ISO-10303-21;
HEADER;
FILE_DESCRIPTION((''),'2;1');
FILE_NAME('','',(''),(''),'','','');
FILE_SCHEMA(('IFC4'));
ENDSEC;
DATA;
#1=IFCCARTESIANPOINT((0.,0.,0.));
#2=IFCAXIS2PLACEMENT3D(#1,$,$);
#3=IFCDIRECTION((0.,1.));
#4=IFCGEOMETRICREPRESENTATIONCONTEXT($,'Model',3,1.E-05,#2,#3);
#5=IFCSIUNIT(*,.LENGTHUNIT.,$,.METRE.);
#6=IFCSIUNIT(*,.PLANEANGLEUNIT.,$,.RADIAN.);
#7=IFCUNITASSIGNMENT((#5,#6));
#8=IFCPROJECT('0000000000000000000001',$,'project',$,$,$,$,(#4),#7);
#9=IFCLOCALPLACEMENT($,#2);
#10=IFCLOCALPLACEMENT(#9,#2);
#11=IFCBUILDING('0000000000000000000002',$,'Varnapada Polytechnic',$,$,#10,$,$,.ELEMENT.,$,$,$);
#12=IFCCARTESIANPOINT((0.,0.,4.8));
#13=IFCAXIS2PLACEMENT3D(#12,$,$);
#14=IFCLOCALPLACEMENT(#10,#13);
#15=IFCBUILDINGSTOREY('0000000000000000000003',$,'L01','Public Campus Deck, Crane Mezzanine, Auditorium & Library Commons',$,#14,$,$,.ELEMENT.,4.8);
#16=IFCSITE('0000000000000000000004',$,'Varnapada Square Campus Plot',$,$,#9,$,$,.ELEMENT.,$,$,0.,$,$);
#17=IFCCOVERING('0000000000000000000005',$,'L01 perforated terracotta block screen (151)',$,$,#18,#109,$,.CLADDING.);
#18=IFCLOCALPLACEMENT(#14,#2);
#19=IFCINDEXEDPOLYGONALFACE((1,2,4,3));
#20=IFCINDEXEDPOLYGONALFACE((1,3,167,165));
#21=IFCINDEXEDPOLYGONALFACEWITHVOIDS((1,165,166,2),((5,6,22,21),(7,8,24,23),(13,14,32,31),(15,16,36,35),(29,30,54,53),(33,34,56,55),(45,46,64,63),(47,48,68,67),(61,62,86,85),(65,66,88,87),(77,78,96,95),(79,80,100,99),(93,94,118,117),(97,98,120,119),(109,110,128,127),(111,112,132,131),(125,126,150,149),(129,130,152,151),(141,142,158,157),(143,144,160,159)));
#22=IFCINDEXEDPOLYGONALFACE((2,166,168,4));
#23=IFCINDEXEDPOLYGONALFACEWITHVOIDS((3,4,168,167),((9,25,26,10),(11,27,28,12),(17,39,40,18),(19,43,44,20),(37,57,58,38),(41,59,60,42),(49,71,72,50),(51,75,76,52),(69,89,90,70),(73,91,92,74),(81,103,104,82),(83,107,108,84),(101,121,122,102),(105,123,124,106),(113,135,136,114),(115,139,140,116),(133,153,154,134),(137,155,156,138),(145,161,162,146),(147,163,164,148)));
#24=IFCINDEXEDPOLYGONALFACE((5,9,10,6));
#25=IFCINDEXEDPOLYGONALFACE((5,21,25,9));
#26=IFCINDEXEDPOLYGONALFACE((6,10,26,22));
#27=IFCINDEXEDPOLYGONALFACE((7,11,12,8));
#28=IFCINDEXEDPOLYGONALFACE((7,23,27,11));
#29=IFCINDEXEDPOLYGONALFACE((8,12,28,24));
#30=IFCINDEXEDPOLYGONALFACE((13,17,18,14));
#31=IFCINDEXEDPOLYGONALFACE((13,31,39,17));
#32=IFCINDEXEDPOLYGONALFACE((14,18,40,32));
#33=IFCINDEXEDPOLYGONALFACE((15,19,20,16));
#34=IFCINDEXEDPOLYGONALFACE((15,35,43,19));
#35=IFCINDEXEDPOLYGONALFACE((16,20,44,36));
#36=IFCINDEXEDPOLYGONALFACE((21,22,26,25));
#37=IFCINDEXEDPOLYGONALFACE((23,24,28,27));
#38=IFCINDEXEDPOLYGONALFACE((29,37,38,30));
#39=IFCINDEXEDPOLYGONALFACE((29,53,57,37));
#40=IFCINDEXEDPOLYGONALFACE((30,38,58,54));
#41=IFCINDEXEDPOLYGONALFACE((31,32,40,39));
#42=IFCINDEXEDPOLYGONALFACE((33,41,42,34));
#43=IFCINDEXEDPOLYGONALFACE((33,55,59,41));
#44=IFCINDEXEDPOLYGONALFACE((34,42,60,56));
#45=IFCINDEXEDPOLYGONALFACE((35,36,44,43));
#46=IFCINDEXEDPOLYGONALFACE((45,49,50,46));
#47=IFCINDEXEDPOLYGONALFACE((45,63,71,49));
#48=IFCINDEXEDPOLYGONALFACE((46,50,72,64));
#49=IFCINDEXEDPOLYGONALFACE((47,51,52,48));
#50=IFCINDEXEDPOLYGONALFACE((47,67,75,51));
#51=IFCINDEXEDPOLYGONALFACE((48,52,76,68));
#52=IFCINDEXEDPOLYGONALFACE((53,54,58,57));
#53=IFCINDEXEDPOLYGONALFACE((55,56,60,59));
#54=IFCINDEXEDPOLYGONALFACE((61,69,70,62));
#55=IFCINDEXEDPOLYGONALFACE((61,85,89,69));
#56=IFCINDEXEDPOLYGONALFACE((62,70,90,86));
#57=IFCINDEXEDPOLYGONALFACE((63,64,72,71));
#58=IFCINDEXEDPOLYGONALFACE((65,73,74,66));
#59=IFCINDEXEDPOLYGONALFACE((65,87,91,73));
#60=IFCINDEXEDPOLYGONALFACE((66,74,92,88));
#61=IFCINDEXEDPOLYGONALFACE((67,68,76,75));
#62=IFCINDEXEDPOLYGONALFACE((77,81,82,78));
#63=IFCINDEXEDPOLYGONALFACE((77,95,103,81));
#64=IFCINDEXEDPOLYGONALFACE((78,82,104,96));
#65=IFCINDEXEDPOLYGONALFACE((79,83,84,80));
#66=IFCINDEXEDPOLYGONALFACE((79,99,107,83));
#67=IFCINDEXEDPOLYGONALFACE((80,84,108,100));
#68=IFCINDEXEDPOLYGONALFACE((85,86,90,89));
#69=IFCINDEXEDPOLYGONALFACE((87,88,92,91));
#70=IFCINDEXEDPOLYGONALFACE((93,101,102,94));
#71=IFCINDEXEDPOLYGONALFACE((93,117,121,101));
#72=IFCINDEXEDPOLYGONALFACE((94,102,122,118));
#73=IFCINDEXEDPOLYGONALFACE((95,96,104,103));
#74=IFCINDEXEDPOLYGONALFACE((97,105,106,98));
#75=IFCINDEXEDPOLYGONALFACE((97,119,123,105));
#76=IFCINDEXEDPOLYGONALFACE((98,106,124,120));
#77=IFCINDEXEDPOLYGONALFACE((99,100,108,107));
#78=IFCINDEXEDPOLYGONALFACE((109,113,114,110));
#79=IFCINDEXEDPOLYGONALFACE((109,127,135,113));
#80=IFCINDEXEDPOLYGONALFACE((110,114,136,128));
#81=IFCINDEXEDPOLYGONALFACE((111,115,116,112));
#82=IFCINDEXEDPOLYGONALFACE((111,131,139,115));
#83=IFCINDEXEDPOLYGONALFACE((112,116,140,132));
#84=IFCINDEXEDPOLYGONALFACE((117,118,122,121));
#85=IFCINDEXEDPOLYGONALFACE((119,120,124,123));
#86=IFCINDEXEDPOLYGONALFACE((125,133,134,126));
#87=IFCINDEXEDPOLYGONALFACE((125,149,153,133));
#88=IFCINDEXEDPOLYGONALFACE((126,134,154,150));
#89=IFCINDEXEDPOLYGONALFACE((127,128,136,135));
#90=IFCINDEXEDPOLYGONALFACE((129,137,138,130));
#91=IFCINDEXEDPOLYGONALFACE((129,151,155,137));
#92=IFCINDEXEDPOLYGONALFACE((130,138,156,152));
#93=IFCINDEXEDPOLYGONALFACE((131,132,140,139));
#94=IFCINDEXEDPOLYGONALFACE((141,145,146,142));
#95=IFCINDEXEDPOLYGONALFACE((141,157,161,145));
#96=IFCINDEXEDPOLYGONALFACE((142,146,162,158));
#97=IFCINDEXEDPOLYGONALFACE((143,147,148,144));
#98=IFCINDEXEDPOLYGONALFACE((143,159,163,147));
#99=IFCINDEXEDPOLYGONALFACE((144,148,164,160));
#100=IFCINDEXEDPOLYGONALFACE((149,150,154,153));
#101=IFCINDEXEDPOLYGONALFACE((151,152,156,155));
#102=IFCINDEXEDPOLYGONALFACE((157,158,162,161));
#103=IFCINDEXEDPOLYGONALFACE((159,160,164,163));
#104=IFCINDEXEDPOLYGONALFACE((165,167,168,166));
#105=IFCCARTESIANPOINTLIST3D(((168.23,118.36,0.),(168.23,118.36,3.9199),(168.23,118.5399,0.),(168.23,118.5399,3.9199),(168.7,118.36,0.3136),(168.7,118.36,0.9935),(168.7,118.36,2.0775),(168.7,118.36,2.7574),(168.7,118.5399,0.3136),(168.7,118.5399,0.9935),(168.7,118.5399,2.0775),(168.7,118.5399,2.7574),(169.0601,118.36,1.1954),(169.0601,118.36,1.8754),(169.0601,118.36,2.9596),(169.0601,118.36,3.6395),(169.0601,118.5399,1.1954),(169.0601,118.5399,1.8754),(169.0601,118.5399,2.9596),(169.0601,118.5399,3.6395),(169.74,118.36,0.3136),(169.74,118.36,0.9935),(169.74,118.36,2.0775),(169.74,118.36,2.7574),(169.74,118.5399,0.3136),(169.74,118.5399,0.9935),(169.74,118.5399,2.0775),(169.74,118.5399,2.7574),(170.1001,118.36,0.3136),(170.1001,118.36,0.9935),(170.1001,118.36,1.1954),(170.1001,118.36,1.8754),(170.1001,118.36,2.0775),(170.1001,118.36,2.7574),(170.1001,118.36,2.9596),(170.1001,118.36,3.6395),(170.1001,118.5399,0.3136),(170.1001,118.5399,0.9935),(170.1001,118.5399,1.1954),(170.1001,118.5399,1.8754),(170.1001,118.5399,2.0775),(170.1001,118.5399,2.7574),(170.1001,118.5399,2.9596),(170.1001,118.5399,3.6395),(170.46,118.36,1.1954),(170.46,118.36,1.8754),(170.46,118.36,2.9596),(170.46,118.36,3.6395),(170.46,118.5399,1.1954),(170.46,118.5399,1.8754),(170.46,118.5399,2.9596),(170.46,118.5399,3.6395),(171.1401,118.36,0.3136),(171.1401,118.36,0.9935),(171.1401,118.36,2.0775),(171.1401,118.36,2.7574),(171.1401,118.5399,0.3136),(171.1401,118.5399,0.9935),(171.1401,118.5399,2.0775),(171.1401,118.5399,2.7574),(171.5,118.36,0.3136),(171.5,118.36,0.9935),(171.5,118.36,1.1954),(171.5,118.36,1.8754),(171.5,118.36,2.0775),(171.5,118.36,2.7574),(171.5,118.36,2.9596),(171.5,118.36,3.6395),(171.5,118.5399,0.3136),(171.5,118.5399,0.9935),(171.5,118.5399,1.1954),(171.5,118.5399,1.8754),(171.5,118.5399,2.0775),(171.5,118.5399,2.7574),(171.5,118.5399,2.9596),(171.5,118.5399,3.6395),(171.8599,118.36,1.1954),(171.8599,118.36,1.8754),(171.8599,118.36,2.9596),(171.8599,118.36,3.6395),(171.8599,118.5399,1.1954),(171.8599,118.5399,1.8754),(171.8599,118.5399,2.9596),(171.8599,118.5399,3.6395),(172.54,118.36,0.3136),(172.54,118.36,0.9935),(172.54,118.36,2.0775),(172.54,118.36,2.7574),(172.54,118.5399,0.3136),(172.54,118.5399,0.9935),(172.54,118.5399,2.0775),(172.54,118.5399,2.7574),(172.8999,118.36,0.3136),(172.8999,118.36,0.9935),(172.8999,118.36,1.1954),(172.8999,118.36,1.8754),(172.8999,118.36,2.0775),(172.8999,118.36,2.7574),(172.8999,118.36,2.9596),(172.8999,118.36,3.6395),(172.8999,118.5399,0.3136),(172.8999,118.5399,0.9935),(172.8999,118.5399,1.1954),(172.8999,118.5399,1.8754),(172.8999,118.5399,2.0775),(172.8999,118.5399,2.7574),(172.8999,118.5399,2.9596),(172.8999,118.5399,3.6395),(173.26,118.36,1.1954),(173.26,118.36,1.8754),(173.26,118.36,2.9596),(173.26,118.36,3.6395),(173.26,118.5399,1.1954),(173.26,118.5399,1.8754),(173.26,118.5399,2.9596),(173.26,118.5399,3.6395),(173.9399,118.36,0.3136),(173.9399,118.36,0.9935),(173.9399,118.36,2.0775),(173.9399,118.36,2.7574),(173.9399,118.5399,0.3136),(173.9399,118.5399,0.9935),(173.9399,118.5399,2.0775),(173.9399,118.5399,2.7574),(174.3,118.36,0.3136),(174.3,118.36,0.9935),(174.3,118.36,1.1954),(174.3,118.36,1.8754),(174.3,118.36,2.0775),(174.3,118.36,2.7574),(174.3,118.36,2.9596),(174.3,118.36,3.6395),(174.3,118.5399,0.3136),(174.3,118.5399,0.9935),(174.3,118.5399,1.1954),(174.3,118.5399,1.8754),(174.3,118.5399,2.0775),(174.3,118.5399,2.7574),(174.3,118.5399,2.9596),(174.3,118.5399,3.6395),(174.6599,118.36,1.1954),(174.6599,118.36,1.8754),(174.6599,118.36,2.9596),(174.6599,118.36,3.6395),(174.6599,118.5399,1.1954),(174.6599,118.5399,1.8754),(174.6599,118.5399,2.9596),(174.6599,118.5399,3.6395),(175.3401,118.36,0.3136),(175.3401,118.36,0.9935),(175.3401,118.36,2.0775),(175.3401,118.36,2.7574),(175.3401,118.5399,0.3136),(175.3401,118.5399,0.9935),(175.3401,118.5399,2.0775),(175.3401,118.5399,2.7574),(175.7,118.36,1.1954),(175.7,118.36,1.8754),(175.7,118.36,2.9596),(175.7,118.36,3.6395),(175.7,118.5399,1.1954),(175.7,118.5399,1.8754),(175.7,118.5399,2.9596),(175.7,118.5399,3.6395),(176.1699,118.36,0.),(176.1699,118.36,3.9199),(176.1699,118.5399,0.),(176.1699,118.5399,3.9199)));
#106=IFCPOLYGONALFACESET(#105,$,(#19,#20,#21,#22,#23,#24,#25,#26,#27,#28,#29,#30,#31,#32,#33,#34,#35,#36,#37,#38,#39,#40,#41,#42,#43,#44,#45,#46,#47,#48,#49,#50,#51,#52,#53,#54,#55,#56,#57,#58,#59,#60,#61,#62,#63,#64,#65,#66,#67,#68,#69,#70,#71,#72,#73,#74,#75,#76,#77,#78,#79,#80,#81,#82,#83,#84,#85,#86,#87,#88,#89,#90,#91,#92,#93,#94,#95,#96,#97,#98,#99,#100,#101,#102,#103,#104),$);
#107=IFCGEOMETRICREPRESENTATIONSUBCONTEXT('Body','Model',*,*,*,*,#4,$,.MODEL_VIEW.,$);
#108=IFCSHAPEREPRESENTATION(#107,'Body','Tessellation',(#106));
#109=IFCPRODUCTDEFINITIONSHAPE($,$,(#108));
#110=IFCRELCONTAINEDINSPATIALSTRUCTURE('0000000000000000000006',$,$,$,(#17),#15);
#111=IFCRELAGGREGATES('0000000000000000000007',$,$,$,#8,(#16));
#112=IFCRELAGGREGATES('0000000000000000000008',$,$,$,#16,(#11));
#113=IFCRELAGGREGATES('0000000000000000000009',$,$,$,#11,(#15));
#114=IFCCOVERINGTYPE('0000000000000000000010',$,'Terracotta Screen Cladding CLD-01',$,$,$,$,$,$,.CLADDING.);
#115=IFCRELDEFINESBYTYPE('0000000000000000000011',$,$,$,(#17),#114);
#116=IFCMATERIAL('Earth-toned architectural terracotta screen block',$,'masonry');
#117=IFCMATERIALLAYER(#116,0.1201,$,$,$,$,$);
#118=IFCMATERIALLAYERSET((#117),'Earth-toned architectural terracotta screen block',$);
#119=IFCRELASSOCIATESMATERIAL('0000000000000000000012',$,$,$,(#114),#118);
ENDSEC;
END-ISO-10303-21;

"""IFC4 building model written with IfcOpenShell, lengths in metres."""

from ifc_helpers import new_model, si_unit, direction, frame, frame_2d, origin, place, context, subcontext, project, spatial, rectangle, extrude, material, layer, layer_set, type_object, element, save


model = new_model("IFC4")

# Units and contexts
model_context = context("Model", 3, precision=1e-05, world=origin(), true_north=direction((0.0, 1.0)))
body_context = subcontext(model_context, "Body", "Model", "MODEL_VIEW")
ifc_project = project(units=[si_unit("LENGTHUNIT", "METRE"), si_unit("PLANEANGLEUNIT", "RADIAN")], contexts=[model_context])

# Site, building, storey
site_placement = place(None, origin())
site = spatial("IfcSite", under=ifc_project, at=site_placement, Name="Varnapada Square Campus Plot", CompositionType="ELEMENT", RefElevation=0.0)
building_placement = place(site_placement, origin())
building = spatial("IfcBuilding", under=site, at=building_placement, Name="Varnapada Polytechnic", CompositionType="ELEMENT")
storey_placement = place(building_placement, frame((0.0, 0.0, 4.8)))
storey = spatial("IfcBuildingStorey", under=building, at=storey_placement, Name="L01", Description="Public Campus Deck, Crane Mezzanine, Auditorium & Library Commons", CompositionType="ELEMENT", Elevation=4.8)

# Covering, openings
ifc_material_1 = material(Name="Earth-toned architectural terracotta screen block", Category="masonry")
ifc_layer_1 = layer(ifc_material_1, 0.1201)
ifc_layer_set_1 = layer_set([ifc_layer_1], Name="Earth-toned architectural terracotta screen block")
covering_type = type_object("IfcCoveringType", Name="Terracotta Screen Cladding CLD-01", PredefinedType="CLADDING", material=ifc_layer_set_1)
covering_placement = place(storey_placement, frame((168.23, 118.45, 0.0), z_axis=(0.0, 0.0, 1.0), x_axis=(1.0, 0.0, 0.0)))
covering = element("IfcCovering", 1, at=covering_placement, inside=storey, type_object=covering_type, Name="L01 perforated terracotta block screen (151)", PredefinedType="CLADDING", context=body_context, shape_type="SweptSolid", body=[
    extrude(rectangle(XDim=7.9399, YDim=0.1799, at=frame_2d((3.97, 0.0))), origin(), (0.0, 0.0, 1.0), 3.9199),
])
opening_1_placement = place(covering_placement, frame((0.47, 0.0, 0.3137)))
element("IfcOpeningElement", 2, at=opening_1_placement, cuts=covering, PredefinedType="OPENING", context=body_context, shape_type="SweptSolid", body=[
    extrude(rectangle(XDim=1.04, YDim=0.6799, at=frame_2d((0.52, 0.3398))), frame((0.0, 0.0999, 0.0), z_axis=(0.0, -1.0, 0.0), x_axis=(1.0, 0.0, 0.0)), (0.0, 0.0, 1.0), 0.2),
])
opening_2_placement = place(covering_placement, frame((1.8701, 0.0, 0.3137)))
element("IfcOpeningElement", 3, at=opening_2_placement, cuts=covering, PredefinedType="OPENING", context=body_context, shape_type="SweptSolid", body=[
    extrude(rectangle(XDim=1.04, YDim=0.6799, at=frame_2d((0.52, 0.3398))), frame((0.0, 0.0999, 0.0), z_axis=(0.0, -1.0, 0.0), x_axis=(1.0, 0.0, 0.0)), (0.0, 0.0, 1.0), 0.2),
])
opening_3_placement = place(covering_placement, frame((3.27, 0.0, 0.3137)))
element("IfcOpeningElement", 4, at=opening_3_placement, cuts=covering, PredefinedType="OPENING", context=body_context, shape_type="SweptSolid", body=[
    extrude(rectangle(XDim=1.04, YDim=0.6799, at=frame_2d((0.52, 0.3398))), frame((0.0, 0.0999, 0.0), z_axis=(0.0, -1.0, 0.0), x_axis=(1.0, 0.0, 0.0)), (0.0, 0.0, 1.0), 0.2),
])
opening_4_placement = place(covering_placement, frame((4.6699, 0.0, 0.3137)))
element("IfcOpeningElement", 5, at=opening_4_placement, cuts=covering, PredefinedType="OPENING", context=body_context, shape_type="SweptSolid", body=[
    extrude(rectangle(XDim=1.04, YDim=0.6799, at=frame_2d((0.52, 0.3398))), frame((0.0, 0.0999, 0.0), z_axis=(0.0, -1.0, 0.0), x_axis=(1.0, 0.0, 0.0)), (0.0, 0.0, 1.0), 0.2),
])
opening_5_placement = place(covering_placement, frame((6.0701, 0.0, 0.3137)))
element("IfcOpeningElement", 6, at=opening_5_placement, cuts=covering, PredefinedType="OPENING", context=body_context, shape_type="SweptSolid", body=[
    extrude(rectangle(XDim=1.04, YDim=0.6799, at=frame_2d((0.52, 0.3398))), frame((0.0, 0.0999, 0.0), z_axis=(0.0, -1.0, 0.0), x_axis=(1.0, 0.0, 0.0)), (0.0, 0.0, 1.0), 0.2),
])
opening_6_placement = place(covering_placement, frame((0.8301, 0.0, 1.1956)))
element("IfcOpeningElement", 7, at=opening_6_placement, cuts=covering, PredefinedType="OPENING", context=body_context, shape_type="SweptSolid", body=[
    extrude(rectangle(XDim=1.04, YDim=0.6799, at=frame_2d((0.52, 0.3398))), frame((0.0, 0.0999, 0.0), z_axis=(0.0, -1.0, 0.0), x_axis=(1.0, 0.0, 0.0)), (0.0, 0.0, 1.0), 0.2),
])
opening_7_placement = place(covering_placement, frame((2.23, 0.0, 1.1956)))
element("IfcOpeningElement", 8, at=opening_7_placement, cuts=covering, PredefinedType="OPENING", context=body_context, shape_type="SweptSolid", body=[
    extrude(rectangle(XDim=1.04, YDim=0.6799, at=frame_2d((0.52, 0.3398))), frame((0.0, 0.0999, 0.0), z_axis=(0.0, -1.0, 0.0), x_axis=(1.0, 0.0, 0.0)), (0.0, 0.0, 1.0), 0.2),
])
opening_8_placement = place(covering_placement, frame((3.6299, 0.0, 1.1956)))
element("IfcOpeningElement", 9, at=opening_8_placement, cuts=covering, PredefinedType="OPENING", context=body_context, shape_type="SweptSolid", body=[
    extrude(rectangle(XDim=1.04, YDim=0.6799, at=frame_2d((0.52, 0.3398))), frame((0.0, 0.0999, 0.0), z_axis=(0.0, -1.0, 0.0), x_axis=(1.0, 0.0, 0.0)), (0.0, 0.0, 1.0), 0.2),
])
opening_9_placement = place(covering_placement, frame((5.03, 0.0, 1.1956)))
element("IfcOpeningElement", 10, at=opening_9_placement, cuts=covering, PredefinedType="OPENING", context=body_context, shape_type="SweptSolid", body=[
    extrude(rectangle(XDim=1.04, YDim=0.6799, at=frame_2d((0.52, 0.3398))), frame((0.0, 0.0999, 0.0), z_axis=(0.0, -1.0, 0.0), x_axis=(1.0, 0.0, 0.0)), (0.0, 0.0, 1.0), 0.2),
])
opening_10_placement = place(covering_placement, frame((6.4299, 0.0, 1.1956)))
element("IfcOpeningElement", 11, at=opening_10_placement, cuts=covering, PredefinedType="OPENING", context=body_context, shape_type="SweptSolid", body=[
    extrude(rectangle(XDim=1.04, YDim=0.6799, at=frame_2d((0.52, 0.3398))), frame((0.0, 0.0999, 0.0), z_axis=(0.0, -1.0, 0.0), x_axis=(1.0, 0.0, 0.0)), (0.0, 0.0, 1.0), 0.2),
])
opening_11_placement = place(covering_placement, frame((0.47, 0.0, 2.0776)))
element("IfcOpeningElement", 12, at=opening_11_placement, cuts=covering, PredefinedType="OPENING", context=body_context, shape_type="SweptSolid", body=[
    extrude(rectangle(XDim=1.04, YDim=0.6799, at=frame_2d((0.52, 0.3398))), frame((0.0, 0.0999, 0.0), z_axis=(0.0, -1.0, 0.0), x_axis=(1.0, 0.0, 0.0)), (0.0, 0.0, 1.0), 0.2),
])
opening_12_placement = place(covering_placement, frame((1.8701, 0.0, 2.0776)))
element("IfcOpeningElement", 13, at=opening_12_placement, cuts=covering, PredefinedType="OPENING", context=body_context, shape_type="SweptSolid", body=[
    extrude(rectangle(XDim=1.04, YDim=0.6799, at=frame_2d((0.52, 0.3398))), frame((0.0, 0.0999, 0.0), z_axis=(0.0, -1.0, 0.0), x_axis=(1.0, 0.0, 0.0)), (0.0, 0.0, 1.0), 0.2),
])
opening_13_placement = place(covering_placement, frame((3.27, 0.0, 2.0776)))
element("IfcOpeningElement", 14, at=opening_13_placement, cuts=covering, PredefinedType="OPENING", context=body_context, shape_type="SweptSolid", body=[
    extrude(rectangle(XDim=1.04, YDim=0.6799, at=frame_2d((0.52, 0.3398))), frame((0.0, 0.0999, 0.0), z_axis=(0.0, -1.0, 0.0), x_axis=(1.0, 0.0, 0.0)), (0.0, 0.0, 1.0), 0.2),
])
opening_14_placement = place(covering_placement, frame((4.6699, 0.0, 2.0776)))
element("IfcOpeningElement", 15, at=opening_14_placement, cuts=covering, PredefinedType="OPENING", context=body_context, shape_type="SweptSolid", body=[
    extrude(rectangle(XDim=1.04, YDim=0.6799, at=frame_2d((0.52, 0.3398))), frame((0.0, 0.0999, 0.0), z_axis=(0.0, -1.0, 0.0), x_axis=(1.0, 0.0, 0.0)), (0.0, 0.0, 1.0), 0.2),
])
opening_15_placement = place(covering_placement, frame((6.0701, 0.0, 2.0776)))
element("IfcOpeningElement", 16, at=opening_15_placement, cuts=covering, PredefinedType="OPENING", context=body_context, shape_type="SweptSolid", body=[
    extrude(rectangle(XDim=1.04, YDim=0.6799, at=frame_2d((0.52, 0.3398))), frame((0.0, 0.0999, 0.0), z_axis=(0.0, -1.0, 0.0), x_axis=(1.0, 0.0, 0.0)), (0.0, 0.0, 1.0), 0.2),
])
opening_16_placement = place(covering_placement, frame((0.8301, 0.0, 2.9597)))
element("IfcOpeningElement", 17, at=opening_16_placement, cuts=covering, PredefinedType="OPENING", context=body_context, shape_type="SweptSolid", body=[
    extrude(rectangle(XDim=1.04, YDim=0.6799, at=frame_2d((0.52, 0.3398))), frame((0.0, 0.0999, 0.0), z_axis=(0.0, -1.0, 0.0), x_axis=(1.0, 0.0, 0.0)), (0.0, 0.0, 1.0), 0.2),
])
opening_17_placement = place(covering_placement, frame((2.23, 0.0, 2.9597)))
element("IfcOpeningElement", 18, at=opening_17_placement, cuts=covering, PredefinedType="OPENING", context=body_context, shape_type="SweptSolid", body=[
    extrude(rectangle(XDim=1.04, YDim=0.6799, at=frame_2d((0.52, 0.3398))), frame((0.0, 0.0999, 0.0), z_axis=(0.0, -1.0, 0.0), x_axis=(1.0, 0.0, 0.0)), (0.0, 0.0, 1.0), 0.2),
])
opening_18_placement = place(covering_placement, frame((3.6299, 0.0, 2.9597)))
element("IfcOpeningElement", 19, at=opening_18_placement, cuts=covering, PredefinedType="OPENING", context=body_context, shape_type="SweptSolid", body=[
    extrude(rectangle(XDim=1.04, YDim=0.6799, at=frame_2d((0.52, 0.3398))), frame((0.0, 0.0999, 0.0), z_axis=(0.0, -1.0, 0.0), x_axis=(1.0, 0.0, 0.0)), (0.0, 0.0, 1.0), 0.2),
])
opening_19_placement = place(covering_placement, frame((5.03, 0.0, 2.9597)))
element("IfcOpeningElement", 20, at=opening_19_placement, cuts=covering, PredefinedType="OPENING", context=body_context, shape_type="SweptSolid", body=[
    extrude(rectangle(XDim=1.04, YDim=0.6799, at=frame_2d((0.52, 0.3398))), frame((0.0, 0.0999, 0.0), z_axis=(0.0, -1.0, 0.0), x_axis=(1.0, 0.0, 0.0)), (0.0, 0.0, 1.0), 0.2),
])
opening_20_placement = place(covering_placement, frame((6.4299, 0.0, 2.9597)))
element("IfcOpeningElement", 21, at=opening_20_placement, cuts=covering, PredefinedType="OPENING", context=body_context, shape_type="SweptSolid", body=[
    extrude(rectangle(XDim=1.04, YDim=0.6799, at=frame_2d((0.52, 0.3398))), frame((0.0, 0.0999, 0.0), z_axis=(0.0, -1.0, 0.0), x_axis=(1.0, 0.0, 0.0)), (0.0, 0.0, 1.0), 0.2),
])

save(model, "model.ifc")
